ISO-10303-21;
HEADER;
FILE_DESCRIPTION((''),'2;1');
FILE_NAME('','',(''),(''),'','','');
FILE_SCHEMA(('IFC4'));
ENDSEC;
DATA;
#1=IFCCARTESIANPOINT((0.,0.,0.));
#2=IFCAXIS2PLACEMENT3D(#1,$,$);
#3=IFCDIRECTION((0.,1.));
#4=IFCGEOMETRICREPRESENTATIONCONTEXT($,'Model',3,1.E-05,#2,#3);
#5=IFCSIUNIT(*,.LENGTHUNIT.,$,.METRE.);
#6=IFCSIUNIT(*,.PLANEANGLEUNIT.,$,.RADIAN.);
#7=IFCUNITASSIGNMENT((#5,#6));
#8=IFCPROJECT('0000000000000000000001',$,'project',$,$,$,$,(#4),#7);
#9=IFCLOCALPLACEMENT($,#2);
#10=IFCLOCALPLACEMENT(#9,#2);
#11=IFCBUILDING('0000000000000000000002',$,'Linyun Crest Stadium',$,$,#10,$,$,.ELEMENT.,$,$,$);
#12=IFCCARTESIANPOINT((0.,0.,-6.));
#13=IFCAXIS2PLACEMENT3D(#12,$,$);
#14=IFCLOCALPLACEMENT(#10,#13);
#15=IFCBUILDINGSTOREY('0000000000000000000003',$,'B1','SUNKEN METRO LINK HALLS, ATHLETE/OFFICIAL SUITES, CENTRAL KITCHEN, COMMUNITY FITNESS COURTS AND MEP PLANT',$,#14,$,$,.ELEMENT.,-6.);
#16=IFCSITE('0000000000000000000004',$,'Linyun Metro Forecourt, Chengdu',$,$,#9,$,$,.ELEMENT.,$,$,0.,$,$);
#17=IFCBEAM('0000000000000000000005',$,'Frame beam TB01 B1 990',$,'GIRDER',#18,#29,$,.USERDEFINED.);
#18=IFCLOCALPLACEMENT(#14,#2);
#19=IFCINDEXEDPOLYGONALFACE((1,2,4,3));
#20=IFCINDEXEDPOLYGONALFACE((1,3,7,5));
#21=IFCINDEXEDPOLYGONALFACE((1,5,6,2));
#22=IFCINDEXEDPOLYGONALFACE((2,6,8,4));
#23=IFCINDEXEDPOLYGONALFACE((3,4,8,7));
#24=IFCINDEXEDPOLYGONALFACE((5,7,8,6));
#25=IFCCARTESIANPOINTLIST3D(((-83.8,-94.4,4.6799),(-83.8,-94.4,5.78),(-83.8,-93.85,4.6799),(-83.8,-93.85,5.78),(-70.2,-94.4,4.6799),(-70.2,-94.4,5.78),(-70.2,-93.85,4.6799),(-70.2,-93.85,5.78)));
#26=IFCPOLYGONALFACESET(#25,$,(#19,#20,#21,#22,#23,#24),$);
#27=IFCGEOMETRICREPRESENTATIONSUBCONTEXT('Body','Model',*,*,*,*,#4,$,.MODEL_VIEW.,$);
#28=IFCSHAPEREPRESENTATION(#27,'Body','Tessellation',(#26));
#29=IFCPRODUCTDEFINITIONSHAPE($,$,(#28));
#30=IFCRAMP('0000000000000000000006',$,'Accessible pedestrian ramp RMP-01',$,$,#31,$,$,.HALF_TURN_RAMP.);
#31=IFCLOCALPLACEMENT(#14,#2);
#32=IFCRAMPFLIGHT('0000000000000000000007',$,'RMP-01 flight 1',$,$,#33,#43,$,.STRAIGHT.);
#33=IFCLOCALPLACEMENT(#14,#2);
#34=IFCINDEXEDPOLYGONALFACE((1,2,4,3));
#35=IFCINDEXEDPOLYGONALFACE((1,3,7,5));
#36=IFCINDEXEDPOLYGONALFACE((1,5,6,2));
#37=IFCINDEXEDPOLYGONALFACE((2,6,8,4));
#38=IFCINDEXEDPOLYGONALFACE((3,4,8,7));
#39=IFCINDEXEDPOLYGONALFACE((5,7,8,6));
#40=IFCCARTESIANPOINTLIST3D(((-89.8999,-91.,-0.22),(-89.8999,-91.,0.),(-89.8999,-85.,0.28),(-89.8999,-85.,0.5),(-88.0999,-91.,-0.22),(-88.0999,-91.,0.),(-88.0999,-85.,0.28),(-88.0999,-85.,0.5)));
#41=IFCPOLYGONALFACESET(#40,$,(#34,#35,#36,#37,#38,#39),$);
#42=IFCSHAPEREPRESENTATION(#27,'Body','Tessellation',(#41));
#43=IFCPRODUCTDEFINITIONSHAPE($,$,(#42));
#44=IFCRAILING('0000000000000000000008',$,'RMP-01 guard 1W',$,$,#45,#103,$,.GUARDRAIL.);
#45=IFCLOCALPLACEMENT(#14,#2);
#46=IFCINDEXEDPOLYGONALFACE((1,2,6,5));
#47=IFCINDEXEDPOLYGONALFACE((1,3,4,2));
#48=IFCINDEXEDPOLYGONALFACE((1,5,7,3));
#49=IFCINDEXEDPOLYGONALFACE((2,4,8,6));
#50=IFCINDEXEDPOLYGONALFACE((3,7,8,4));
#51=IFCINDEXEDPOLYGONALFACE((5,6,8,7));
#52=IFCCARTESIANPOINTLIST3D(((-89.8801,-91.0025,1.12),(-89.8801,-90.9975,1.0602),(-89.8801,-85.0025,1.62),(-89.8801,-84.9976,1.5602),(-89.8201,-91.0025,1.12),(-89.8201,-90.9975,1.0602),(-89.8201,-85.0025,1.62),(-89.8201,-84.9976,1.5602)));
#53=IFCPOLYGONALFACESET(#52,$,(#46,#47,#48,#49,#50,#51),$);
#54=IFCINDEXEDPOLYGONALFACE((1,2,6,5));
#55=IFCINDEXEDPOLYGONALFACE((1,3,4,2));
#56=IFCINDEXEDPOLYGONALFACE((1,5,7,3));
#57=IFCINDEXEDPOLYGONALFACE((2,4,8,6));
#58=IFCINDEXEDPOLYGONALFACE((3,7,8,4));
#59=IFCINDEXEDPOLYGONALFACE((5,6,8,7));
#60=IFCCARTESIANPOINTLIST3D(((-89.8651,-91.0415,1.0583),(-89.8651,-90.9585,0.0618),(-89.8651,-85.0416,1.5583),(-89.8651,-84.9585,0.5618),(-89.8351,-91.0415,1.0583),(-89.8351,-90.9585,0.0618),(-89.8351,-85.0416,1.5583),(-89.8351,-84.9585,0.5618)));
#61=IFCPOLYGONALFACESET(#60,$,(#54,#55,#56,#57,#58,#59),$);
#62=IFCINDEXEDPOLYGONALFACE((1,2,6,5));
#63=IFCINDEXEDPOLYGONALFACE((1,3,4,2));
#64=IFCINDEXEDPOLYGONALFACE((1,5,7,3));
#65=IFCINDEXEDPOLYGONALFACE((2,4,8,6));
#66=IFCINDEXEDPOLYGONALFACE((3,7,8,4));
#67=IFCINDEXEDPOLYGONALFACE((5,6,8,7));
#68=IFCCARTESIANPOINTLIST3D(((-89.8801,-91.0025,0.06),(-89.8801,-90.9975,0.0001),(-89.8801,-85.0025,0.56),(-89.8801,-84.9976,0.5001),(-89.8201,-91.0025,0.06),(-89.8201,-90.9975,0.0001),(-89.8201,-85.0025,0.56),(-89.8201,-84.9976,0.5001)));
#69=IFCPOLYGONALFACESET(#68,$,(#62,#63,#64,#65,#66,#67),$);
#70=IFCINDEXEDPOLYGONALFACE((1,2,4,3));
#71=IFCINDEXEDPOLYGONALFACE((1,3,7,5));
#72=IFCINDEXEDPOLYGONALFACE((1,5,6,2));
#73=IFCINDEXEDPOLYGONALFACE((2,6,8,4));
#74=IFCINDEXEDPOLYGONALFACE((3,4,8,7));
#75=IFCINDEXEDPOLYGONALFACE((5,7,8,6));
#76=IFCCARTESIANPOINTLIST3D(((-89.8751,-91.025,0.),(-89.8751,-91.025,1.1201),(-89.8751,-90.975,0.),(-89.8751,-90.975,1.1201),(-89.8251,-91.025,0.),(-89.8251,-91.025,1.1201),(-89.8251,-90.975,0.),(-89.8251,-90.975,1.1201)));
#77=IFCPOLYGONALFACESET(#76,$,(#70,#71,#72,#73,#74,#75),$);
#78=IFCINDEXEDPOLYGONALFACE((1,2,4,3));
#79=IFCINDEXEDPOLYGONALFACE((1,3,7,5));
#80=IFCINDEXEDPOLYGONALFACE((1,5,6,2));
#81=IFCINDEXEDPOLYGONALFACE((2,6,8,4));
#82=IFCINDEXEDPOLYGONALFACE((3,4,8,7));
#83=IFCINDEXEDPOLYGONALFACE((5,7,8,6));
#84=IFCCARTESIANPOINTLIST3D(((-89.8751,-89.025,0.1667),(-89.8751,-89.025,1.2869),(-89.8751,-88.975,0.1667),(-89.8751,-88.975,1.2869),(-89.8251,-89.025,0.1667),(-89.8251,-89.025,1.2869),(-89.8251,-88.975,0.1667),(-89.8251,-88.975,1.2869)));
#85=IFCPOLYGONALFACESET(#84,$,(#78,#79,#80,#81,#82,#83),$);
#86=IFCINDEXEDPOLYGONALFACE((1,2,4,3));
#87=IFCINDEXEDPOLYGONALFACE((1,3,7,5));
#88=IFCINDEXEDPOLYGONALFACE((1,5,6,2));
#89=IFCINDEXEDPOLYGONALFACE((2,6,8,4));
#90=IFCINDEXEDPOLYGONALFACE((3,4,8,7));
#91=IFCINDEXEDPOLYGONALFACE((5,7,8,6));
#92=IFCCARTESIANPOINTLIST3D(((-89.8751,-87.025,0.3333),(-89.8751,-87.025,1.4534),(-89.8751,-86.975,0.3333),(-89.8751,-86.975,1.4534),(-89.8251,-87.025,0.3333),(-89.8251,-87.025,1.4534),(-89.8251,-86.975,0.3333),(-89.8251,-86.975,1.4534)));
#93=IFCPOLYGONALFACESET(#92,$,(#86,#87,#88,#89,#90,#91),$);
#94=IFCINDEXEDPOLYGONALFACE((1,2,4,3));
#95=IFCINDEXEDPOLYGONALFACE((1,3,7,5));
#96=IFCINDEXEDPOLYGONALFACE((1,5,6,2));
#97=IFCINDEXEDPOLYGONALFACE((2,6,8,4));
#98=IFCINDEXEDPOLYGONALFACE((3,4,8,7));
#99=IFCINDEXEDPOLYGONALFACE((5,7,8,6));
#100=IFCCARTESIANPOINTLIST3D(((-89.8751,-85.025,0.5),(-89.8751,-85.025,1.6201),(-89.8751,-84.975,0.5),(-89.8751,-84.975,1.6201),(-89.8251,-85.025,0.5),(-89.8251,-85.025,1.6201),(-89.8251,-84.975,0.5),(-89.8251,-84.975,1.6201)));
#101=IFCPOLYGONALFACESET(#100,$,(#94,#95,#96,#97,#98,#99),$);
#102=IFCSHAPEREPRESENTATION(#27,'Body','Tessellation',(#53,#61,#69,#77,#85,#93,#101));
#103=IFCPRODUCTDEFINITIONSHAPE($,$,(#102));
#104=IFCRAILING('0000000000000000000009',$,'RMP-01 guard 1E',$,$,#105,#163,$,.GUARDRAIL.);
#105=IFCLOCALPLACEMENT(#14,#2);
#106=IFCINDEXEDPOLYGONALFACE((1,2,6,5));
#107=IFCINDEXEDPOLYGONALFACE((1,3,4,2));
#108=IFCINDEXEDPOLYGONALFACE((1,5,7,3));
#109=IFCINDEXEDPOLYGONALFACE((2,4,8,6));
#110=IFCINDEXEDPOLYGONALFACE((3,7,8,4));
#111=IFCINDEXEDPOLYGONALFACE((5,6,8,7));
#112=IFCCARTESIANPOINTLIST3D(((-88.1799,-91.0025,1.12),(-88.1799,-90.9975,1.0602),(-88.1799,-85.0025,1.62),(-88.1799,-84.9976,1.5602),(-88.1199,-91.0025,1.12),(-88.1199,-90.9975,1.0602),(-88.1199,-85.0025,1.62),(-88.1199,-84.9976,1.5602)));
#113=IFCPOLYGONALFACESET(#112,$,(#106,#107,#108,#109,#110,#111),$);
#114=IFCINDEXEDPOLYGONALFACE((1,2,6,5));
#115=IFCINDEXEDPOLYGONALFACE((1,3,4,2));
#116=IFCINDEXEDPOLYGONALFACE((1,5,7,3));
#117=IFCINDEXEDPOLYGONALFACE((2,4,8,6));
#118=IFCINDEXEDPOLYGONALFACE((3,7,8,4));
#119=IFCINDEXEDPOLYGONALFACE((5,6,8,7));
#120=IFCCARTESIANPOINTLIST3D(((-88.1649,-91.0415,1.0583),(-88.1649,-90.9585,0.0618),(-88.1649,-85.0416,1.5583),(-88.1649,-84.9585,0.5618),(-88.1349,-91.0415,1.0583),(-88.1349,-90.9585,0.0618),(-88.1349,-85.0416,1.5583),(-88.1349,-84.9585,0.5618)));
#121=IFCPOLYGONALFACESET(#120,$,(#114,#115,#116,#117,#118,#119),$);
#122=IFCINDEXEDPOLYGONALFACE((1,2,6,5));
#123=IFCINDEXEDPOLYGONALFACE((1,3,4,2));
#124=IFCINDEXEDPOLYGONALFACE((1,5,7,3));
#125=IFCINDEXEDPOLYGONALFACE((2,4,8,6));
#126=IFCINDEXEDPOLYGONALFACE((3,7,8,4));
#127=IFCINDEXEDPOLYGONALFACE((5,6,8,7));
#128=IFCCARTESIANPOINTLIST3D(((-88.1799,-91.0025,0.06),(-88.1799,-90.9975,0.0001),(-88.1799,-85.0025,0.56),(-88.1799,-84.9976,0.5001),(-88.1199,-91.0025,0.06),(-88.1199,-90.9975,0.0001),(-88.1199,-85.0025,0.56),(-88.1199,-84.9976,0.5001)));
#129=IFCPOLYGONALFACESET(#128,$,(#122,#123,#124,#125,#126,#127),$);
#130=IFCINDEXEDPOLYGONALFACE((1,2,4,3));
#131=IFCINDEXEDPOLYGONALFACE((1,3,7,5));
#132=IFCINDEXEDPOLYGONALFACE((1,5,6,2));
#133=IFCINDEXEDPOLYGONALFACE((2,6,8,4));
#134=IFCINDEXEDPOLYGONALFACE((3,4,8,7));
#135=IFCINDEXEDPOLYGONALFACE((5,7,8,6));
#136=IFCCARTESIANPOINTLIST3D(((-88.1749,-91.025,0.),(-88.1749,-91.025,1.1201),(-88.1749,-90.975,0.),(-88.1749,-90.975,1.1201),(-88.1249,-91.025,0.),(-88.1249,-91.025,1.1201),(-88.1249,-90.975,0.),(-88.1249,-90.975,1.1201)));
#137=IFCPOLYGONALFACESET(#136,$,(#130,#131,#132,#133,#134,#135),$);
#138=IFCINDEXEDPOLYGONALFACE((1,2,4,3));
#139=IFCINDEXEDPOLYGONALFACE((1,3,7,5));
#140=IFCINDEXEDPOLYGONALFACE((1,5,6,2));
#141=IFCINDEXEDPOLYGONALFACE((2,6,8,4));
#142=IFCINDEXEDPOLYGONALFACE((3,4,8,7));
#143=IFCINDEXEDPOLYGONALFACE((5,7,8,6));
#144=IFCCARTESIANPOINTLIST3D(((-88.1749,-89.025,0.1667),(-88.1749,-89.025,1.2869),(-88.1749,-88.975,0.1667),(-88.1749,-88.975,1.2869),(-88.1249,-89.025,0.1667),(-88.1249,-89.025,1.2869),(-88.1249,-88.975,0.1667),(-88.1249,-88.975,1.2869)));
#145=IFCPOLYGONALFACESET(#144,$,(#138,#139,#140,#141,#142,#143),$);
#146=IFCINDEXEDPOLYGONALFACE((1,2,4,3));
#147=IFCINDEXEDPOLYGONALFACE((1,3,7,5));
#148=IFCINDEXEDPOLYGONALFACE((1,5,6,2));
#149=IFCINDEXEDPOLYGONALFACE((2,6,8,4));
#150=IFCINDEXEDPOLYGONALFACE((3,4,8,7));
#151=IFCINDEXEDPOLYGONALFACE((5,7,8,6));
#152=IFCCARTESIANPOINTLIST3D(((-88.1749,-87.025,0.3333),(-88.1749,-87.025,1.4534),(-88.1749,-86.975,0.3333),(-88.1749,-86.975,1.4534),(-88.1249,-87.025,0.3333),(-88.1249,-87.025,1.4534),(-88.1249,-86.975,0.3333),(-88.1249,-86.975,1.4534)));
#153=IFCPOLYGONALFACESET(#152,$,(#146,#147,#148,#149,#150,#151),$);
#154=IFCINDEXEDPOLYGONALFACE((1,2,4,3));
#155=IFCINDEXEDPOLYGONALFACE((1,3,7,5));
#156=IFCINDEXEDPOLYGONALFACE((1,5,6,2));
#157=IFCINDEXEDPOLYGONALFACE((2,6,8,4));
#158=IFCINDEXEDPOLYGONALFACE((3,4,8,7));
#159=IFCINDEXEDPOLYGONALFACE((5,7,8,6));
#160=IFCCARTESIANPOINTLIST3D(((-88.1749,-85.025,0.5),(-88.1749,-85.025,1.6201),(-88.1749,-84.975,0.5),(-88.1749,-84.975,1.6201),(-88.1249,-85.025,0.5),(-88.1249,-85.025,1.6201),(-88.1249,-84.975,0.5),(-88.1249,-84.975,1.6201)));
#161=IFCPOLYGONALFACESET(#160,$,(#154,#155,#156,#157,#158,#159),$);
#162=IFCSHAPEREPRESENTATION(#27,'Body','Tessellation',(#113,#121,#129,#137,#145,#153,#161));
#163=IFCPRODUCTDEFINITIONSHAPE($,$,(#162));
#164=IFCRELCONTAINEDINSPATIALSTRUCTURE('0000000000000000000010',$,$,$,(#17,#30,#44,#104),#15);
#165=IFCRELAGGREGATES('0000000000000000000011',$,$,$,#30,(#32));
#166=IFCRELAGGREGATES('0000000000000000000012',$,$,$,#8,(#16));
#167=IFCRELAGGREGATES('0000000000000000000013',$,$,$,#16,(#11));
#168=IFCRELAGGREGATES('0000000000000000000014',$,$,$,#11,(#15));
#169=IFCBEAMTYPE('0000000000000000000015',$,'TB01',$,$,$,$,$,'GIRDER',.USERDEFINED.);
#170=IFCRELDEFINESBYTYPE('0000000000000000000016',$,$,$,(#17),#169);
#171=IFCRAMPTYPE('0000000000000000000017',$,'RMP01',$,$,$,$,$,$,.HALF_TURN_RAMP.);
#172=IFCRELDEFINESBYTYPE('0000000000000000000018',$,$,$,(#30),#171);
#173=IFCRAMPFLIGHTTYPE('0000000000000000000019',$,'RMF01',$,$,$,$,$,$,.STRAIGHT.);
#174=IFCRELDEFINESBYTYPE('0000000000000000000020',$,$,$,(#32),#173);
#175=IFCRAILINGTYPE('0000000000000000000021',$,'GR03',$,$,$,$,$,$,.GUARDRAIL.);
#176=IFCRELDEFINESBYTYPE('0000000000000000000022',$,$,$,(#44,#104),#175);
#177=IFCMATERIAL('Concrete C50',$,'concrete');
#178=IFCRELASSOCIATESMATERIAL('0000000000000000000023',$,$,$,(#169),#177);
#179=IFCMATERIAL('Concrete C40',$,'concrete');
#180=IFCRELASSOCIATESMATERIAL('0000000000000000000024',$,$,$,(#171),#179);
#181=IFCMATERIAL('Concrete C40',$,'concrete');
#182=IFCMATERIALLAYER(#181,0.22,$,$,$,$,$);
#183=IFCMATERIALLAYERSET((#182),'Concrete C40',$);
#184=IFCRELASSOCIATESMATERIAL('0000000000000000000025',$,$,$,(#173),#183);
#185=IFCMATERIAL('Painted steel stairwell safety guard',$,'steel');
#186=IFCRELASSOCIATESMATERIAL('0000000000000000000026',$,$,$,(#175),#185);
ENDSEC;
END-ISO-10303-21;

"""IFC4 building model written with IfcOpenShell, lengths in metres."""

from ifc_helpers import new_model, si_unit, direction, frame, origin, origin_2d, place, context, subcontext, project, spatial, polyline, rectangle, outline, extrude, material, layer, layer_set, material_profile, profile_set, type_object, element, aggregate, save


model = new_model("IFC4")

# Units and contexts
model_context = context("Model", 3, precision=1e-05, world=origin(), true_north=direction((0.0, 1.0)))
body_context = subcontext(model_context, "Body", "Model", "MODEL_VIEW")
ifc_project = project(units=[si_unit("LENGTHUNIT", "METRE"), si_unit("PLANEANGLEUNIT", "RADIAN")], contexts=[model_context])

# Site, building, storey
site_placement = place(None, origin())
site = spatial("IfcSite", under=ifc_project, at=site_placement, Name="Linyun Metro Forecourt, Chengdu", CompositionType="ELEMENT", RefElevation=0.0)
building_placement = place(site_placement, origin())
building = spatial("IfcBuilding", under=site, at=building_placement, Name="Linyun Crest Stadium", CompositionType="ELEMENT")
storey_placement = place(building_placement, frame((0.0, 0.0, -6.0)))
storey = spatial("IfcBuildingStorey", under=building, at=storey_placement, Name="B1", Description="SUNKEN METRO LINK HALLS, ATHLETE/OFFICIAL SUITES, CENTRAL KITCHEN, COMMUNITY FITNESS COURTS AND MEP PLANT", CompositionType="ELEMENT", Elevation=-6.0)

# Beam
ifc_material_1 = material(Name="Concrete C50", Category="concrete")
ifc_material_profile_1 = material_profile(ifc_material_1, rectangle(XDim=0.55, YDim=1.1001, at=origin_2d()), Name="RCB 1100x550")
ifc_profile_set_1 = profile_set([ifc_material_profile_1], Name="Concrete C50")
beam_type_1 = type_object("IfcBeamType", Name="TB01", ElementType="GIRDER", PredefinedType="USERDEFINED", material=ifc_profile_set_1)
beam_1_placement = place(storey_placement, frame((-83.8, -94.125, 5.23), z_axis=(1.0, 0.0, 0.0), x_axis=(0.0, 1.0, 0.0)))
element("IfcBeam", 1, at=beam_1_placement, inside=storey, type_object=beam_type_1, Name="Frame beam TB01 B1 990", ObjectType="GIRDER", PredefinedType="USERDEFINED", context=body_context, shape_type="SweptSolid", body=[
    extrude(rectangle(XDim=0.55, YDim=1.1001, at=origin_2d()), origin(), (0.0, 0.0, 1.0), 13.6001),
])

# Ramp, ramp flight
ifc_material_2 = material(Name="Concrete C40", Category="concrete")
ramp_type = type_object("IfcRampType", Name="RMP01", PredefinedType="HALF_TURN_RAMP", material=ifc_material_2)
ramp_placement = place(storey_placement, origin())
ramp = element("IfcRamp", 2, at=ramp_placement, inside=storey, type_object=ramp_type, Name="Accessible pedestrian ramp RMP-01", PredefinedType="HALF_TURN_RAMP")
ifc_material_3 = material(Name="Concrete C40", Category="concrete")
ifc_layer_1 = layer(ifc_material_3, 0.22)
ifc_layer_set_1 = layer_set([ifc_layer_1], Name="Concrete C40")
ramp_flight_type = type_object("IfcRampFlightType", Name="RMF01", PredefinedType="STRAIGHT", material=ifc_layer_set_1)
ramp_flight_placement = place(storey_placement, frame((-89.0, -91.0, 0.0), z_axis=(0.0, 0.0, 1.0), x_axis=(0.0, 1.0, 0.0)))
ramp_flight = element("IfcRampFlight", 3, at=ramp_flight_placement, type_object=ramp_flight_type, Name="RMP-01 flight 1", PredefinedType="STRAIGHT", context=body_context, shape_type="SweptSolid", body=[
    extrude(outline(polyline([(0.0, 0.0), (6.0, 0.5), (6.0, 0.28), (0.0, -0.22), (0.0, 0.0)])), frame((0.0, 0.8999, 0.0), z_axis=(0.0, -1.0, 0.0), x_axis=(1.0, 0.0, 0.0)), (0.0, 0.0, 1.0), 1.8),
])
aggregate(ramp, [ramp_flight])

# Railings
ifc_material_4 = material(Name="Painted steel stairwell safety guard", Category="steel")
railing_type = type_object("IfcRailingType", Name="GR03", PredefinedType="GUARDRAIL", material=ifc_material_4)
for number, where, name in (
    (4, (-89.8501, -91.0, 0.0), "RMP-01 guard 1W"),
    (5, (-88.1499, -91.0, 0.0), "RMP-01 guard 1E"),
):
    element("IfcRailing", number, at=place(storey_placement, frame(where)), inside=storey, type_object=railing_type, Name=name, PredefinedType="GUARDRAIL", context=body_context, shape_type="SweptSolid", body=[
        extrude(rectangle(XDim=0.0601, YDim=0.0601, at=origin_2d()), frame((0.0, 0.0, 1.0901), z_axis=(0.0, 0.996546, 0.083045), x_axis=(-1.0, 0.0, 0.0)), (0.0, 0.0, 1.0), 6.0208),
        extrude(rectangle(XDim=0.03, YDim=1.0, at=origin_2d()), frame((0.0, 0.0, 0.5601), z_axis=(0.0, 0.996546, 0.083045), x_axis=(-1.0, 0.0, 0.0)), (0.0, 0.0, 1.0), 6.0208),
        extrude(rectangle(XDim=0.0601, YDim=0.0601, at=origin_2d()), frame((0.0, 0.0, 0.03), z_axis=(0.0, 0.996546, 0.083045), x_axis=(-1.0, 0.0, 0.0)), (0.0, 0.0, 1.0), 6.0208),
        extrude(rectangle(XDim=0.05, YDim=0.05, at=origin_2d()), origin(), (0.0, 0.0, 1.0), 1.1201),
        extrude(rectangle(XDim=0.05, YDim=0.05, at=origin_2d()), frame((0.0, 2.0, 0.1667)), (0.0, 0.0, 1.0), 1.1201),
        extrude(rectangle(XDim=0.05, YDim=0.05, at=origin_2d()), frame((0.0, 4.0, 0.3333)), (0.0, 0.0, 1.0), 1.1201),
        extrude(rectangle(XDim=0.05, YDim=0.05, at=origin_2d()), frame((0.0, 6.0, 0.5)), (0.0, 0.0, 1.0), 1.1201),
    ])

save(model, "model.ifc")
